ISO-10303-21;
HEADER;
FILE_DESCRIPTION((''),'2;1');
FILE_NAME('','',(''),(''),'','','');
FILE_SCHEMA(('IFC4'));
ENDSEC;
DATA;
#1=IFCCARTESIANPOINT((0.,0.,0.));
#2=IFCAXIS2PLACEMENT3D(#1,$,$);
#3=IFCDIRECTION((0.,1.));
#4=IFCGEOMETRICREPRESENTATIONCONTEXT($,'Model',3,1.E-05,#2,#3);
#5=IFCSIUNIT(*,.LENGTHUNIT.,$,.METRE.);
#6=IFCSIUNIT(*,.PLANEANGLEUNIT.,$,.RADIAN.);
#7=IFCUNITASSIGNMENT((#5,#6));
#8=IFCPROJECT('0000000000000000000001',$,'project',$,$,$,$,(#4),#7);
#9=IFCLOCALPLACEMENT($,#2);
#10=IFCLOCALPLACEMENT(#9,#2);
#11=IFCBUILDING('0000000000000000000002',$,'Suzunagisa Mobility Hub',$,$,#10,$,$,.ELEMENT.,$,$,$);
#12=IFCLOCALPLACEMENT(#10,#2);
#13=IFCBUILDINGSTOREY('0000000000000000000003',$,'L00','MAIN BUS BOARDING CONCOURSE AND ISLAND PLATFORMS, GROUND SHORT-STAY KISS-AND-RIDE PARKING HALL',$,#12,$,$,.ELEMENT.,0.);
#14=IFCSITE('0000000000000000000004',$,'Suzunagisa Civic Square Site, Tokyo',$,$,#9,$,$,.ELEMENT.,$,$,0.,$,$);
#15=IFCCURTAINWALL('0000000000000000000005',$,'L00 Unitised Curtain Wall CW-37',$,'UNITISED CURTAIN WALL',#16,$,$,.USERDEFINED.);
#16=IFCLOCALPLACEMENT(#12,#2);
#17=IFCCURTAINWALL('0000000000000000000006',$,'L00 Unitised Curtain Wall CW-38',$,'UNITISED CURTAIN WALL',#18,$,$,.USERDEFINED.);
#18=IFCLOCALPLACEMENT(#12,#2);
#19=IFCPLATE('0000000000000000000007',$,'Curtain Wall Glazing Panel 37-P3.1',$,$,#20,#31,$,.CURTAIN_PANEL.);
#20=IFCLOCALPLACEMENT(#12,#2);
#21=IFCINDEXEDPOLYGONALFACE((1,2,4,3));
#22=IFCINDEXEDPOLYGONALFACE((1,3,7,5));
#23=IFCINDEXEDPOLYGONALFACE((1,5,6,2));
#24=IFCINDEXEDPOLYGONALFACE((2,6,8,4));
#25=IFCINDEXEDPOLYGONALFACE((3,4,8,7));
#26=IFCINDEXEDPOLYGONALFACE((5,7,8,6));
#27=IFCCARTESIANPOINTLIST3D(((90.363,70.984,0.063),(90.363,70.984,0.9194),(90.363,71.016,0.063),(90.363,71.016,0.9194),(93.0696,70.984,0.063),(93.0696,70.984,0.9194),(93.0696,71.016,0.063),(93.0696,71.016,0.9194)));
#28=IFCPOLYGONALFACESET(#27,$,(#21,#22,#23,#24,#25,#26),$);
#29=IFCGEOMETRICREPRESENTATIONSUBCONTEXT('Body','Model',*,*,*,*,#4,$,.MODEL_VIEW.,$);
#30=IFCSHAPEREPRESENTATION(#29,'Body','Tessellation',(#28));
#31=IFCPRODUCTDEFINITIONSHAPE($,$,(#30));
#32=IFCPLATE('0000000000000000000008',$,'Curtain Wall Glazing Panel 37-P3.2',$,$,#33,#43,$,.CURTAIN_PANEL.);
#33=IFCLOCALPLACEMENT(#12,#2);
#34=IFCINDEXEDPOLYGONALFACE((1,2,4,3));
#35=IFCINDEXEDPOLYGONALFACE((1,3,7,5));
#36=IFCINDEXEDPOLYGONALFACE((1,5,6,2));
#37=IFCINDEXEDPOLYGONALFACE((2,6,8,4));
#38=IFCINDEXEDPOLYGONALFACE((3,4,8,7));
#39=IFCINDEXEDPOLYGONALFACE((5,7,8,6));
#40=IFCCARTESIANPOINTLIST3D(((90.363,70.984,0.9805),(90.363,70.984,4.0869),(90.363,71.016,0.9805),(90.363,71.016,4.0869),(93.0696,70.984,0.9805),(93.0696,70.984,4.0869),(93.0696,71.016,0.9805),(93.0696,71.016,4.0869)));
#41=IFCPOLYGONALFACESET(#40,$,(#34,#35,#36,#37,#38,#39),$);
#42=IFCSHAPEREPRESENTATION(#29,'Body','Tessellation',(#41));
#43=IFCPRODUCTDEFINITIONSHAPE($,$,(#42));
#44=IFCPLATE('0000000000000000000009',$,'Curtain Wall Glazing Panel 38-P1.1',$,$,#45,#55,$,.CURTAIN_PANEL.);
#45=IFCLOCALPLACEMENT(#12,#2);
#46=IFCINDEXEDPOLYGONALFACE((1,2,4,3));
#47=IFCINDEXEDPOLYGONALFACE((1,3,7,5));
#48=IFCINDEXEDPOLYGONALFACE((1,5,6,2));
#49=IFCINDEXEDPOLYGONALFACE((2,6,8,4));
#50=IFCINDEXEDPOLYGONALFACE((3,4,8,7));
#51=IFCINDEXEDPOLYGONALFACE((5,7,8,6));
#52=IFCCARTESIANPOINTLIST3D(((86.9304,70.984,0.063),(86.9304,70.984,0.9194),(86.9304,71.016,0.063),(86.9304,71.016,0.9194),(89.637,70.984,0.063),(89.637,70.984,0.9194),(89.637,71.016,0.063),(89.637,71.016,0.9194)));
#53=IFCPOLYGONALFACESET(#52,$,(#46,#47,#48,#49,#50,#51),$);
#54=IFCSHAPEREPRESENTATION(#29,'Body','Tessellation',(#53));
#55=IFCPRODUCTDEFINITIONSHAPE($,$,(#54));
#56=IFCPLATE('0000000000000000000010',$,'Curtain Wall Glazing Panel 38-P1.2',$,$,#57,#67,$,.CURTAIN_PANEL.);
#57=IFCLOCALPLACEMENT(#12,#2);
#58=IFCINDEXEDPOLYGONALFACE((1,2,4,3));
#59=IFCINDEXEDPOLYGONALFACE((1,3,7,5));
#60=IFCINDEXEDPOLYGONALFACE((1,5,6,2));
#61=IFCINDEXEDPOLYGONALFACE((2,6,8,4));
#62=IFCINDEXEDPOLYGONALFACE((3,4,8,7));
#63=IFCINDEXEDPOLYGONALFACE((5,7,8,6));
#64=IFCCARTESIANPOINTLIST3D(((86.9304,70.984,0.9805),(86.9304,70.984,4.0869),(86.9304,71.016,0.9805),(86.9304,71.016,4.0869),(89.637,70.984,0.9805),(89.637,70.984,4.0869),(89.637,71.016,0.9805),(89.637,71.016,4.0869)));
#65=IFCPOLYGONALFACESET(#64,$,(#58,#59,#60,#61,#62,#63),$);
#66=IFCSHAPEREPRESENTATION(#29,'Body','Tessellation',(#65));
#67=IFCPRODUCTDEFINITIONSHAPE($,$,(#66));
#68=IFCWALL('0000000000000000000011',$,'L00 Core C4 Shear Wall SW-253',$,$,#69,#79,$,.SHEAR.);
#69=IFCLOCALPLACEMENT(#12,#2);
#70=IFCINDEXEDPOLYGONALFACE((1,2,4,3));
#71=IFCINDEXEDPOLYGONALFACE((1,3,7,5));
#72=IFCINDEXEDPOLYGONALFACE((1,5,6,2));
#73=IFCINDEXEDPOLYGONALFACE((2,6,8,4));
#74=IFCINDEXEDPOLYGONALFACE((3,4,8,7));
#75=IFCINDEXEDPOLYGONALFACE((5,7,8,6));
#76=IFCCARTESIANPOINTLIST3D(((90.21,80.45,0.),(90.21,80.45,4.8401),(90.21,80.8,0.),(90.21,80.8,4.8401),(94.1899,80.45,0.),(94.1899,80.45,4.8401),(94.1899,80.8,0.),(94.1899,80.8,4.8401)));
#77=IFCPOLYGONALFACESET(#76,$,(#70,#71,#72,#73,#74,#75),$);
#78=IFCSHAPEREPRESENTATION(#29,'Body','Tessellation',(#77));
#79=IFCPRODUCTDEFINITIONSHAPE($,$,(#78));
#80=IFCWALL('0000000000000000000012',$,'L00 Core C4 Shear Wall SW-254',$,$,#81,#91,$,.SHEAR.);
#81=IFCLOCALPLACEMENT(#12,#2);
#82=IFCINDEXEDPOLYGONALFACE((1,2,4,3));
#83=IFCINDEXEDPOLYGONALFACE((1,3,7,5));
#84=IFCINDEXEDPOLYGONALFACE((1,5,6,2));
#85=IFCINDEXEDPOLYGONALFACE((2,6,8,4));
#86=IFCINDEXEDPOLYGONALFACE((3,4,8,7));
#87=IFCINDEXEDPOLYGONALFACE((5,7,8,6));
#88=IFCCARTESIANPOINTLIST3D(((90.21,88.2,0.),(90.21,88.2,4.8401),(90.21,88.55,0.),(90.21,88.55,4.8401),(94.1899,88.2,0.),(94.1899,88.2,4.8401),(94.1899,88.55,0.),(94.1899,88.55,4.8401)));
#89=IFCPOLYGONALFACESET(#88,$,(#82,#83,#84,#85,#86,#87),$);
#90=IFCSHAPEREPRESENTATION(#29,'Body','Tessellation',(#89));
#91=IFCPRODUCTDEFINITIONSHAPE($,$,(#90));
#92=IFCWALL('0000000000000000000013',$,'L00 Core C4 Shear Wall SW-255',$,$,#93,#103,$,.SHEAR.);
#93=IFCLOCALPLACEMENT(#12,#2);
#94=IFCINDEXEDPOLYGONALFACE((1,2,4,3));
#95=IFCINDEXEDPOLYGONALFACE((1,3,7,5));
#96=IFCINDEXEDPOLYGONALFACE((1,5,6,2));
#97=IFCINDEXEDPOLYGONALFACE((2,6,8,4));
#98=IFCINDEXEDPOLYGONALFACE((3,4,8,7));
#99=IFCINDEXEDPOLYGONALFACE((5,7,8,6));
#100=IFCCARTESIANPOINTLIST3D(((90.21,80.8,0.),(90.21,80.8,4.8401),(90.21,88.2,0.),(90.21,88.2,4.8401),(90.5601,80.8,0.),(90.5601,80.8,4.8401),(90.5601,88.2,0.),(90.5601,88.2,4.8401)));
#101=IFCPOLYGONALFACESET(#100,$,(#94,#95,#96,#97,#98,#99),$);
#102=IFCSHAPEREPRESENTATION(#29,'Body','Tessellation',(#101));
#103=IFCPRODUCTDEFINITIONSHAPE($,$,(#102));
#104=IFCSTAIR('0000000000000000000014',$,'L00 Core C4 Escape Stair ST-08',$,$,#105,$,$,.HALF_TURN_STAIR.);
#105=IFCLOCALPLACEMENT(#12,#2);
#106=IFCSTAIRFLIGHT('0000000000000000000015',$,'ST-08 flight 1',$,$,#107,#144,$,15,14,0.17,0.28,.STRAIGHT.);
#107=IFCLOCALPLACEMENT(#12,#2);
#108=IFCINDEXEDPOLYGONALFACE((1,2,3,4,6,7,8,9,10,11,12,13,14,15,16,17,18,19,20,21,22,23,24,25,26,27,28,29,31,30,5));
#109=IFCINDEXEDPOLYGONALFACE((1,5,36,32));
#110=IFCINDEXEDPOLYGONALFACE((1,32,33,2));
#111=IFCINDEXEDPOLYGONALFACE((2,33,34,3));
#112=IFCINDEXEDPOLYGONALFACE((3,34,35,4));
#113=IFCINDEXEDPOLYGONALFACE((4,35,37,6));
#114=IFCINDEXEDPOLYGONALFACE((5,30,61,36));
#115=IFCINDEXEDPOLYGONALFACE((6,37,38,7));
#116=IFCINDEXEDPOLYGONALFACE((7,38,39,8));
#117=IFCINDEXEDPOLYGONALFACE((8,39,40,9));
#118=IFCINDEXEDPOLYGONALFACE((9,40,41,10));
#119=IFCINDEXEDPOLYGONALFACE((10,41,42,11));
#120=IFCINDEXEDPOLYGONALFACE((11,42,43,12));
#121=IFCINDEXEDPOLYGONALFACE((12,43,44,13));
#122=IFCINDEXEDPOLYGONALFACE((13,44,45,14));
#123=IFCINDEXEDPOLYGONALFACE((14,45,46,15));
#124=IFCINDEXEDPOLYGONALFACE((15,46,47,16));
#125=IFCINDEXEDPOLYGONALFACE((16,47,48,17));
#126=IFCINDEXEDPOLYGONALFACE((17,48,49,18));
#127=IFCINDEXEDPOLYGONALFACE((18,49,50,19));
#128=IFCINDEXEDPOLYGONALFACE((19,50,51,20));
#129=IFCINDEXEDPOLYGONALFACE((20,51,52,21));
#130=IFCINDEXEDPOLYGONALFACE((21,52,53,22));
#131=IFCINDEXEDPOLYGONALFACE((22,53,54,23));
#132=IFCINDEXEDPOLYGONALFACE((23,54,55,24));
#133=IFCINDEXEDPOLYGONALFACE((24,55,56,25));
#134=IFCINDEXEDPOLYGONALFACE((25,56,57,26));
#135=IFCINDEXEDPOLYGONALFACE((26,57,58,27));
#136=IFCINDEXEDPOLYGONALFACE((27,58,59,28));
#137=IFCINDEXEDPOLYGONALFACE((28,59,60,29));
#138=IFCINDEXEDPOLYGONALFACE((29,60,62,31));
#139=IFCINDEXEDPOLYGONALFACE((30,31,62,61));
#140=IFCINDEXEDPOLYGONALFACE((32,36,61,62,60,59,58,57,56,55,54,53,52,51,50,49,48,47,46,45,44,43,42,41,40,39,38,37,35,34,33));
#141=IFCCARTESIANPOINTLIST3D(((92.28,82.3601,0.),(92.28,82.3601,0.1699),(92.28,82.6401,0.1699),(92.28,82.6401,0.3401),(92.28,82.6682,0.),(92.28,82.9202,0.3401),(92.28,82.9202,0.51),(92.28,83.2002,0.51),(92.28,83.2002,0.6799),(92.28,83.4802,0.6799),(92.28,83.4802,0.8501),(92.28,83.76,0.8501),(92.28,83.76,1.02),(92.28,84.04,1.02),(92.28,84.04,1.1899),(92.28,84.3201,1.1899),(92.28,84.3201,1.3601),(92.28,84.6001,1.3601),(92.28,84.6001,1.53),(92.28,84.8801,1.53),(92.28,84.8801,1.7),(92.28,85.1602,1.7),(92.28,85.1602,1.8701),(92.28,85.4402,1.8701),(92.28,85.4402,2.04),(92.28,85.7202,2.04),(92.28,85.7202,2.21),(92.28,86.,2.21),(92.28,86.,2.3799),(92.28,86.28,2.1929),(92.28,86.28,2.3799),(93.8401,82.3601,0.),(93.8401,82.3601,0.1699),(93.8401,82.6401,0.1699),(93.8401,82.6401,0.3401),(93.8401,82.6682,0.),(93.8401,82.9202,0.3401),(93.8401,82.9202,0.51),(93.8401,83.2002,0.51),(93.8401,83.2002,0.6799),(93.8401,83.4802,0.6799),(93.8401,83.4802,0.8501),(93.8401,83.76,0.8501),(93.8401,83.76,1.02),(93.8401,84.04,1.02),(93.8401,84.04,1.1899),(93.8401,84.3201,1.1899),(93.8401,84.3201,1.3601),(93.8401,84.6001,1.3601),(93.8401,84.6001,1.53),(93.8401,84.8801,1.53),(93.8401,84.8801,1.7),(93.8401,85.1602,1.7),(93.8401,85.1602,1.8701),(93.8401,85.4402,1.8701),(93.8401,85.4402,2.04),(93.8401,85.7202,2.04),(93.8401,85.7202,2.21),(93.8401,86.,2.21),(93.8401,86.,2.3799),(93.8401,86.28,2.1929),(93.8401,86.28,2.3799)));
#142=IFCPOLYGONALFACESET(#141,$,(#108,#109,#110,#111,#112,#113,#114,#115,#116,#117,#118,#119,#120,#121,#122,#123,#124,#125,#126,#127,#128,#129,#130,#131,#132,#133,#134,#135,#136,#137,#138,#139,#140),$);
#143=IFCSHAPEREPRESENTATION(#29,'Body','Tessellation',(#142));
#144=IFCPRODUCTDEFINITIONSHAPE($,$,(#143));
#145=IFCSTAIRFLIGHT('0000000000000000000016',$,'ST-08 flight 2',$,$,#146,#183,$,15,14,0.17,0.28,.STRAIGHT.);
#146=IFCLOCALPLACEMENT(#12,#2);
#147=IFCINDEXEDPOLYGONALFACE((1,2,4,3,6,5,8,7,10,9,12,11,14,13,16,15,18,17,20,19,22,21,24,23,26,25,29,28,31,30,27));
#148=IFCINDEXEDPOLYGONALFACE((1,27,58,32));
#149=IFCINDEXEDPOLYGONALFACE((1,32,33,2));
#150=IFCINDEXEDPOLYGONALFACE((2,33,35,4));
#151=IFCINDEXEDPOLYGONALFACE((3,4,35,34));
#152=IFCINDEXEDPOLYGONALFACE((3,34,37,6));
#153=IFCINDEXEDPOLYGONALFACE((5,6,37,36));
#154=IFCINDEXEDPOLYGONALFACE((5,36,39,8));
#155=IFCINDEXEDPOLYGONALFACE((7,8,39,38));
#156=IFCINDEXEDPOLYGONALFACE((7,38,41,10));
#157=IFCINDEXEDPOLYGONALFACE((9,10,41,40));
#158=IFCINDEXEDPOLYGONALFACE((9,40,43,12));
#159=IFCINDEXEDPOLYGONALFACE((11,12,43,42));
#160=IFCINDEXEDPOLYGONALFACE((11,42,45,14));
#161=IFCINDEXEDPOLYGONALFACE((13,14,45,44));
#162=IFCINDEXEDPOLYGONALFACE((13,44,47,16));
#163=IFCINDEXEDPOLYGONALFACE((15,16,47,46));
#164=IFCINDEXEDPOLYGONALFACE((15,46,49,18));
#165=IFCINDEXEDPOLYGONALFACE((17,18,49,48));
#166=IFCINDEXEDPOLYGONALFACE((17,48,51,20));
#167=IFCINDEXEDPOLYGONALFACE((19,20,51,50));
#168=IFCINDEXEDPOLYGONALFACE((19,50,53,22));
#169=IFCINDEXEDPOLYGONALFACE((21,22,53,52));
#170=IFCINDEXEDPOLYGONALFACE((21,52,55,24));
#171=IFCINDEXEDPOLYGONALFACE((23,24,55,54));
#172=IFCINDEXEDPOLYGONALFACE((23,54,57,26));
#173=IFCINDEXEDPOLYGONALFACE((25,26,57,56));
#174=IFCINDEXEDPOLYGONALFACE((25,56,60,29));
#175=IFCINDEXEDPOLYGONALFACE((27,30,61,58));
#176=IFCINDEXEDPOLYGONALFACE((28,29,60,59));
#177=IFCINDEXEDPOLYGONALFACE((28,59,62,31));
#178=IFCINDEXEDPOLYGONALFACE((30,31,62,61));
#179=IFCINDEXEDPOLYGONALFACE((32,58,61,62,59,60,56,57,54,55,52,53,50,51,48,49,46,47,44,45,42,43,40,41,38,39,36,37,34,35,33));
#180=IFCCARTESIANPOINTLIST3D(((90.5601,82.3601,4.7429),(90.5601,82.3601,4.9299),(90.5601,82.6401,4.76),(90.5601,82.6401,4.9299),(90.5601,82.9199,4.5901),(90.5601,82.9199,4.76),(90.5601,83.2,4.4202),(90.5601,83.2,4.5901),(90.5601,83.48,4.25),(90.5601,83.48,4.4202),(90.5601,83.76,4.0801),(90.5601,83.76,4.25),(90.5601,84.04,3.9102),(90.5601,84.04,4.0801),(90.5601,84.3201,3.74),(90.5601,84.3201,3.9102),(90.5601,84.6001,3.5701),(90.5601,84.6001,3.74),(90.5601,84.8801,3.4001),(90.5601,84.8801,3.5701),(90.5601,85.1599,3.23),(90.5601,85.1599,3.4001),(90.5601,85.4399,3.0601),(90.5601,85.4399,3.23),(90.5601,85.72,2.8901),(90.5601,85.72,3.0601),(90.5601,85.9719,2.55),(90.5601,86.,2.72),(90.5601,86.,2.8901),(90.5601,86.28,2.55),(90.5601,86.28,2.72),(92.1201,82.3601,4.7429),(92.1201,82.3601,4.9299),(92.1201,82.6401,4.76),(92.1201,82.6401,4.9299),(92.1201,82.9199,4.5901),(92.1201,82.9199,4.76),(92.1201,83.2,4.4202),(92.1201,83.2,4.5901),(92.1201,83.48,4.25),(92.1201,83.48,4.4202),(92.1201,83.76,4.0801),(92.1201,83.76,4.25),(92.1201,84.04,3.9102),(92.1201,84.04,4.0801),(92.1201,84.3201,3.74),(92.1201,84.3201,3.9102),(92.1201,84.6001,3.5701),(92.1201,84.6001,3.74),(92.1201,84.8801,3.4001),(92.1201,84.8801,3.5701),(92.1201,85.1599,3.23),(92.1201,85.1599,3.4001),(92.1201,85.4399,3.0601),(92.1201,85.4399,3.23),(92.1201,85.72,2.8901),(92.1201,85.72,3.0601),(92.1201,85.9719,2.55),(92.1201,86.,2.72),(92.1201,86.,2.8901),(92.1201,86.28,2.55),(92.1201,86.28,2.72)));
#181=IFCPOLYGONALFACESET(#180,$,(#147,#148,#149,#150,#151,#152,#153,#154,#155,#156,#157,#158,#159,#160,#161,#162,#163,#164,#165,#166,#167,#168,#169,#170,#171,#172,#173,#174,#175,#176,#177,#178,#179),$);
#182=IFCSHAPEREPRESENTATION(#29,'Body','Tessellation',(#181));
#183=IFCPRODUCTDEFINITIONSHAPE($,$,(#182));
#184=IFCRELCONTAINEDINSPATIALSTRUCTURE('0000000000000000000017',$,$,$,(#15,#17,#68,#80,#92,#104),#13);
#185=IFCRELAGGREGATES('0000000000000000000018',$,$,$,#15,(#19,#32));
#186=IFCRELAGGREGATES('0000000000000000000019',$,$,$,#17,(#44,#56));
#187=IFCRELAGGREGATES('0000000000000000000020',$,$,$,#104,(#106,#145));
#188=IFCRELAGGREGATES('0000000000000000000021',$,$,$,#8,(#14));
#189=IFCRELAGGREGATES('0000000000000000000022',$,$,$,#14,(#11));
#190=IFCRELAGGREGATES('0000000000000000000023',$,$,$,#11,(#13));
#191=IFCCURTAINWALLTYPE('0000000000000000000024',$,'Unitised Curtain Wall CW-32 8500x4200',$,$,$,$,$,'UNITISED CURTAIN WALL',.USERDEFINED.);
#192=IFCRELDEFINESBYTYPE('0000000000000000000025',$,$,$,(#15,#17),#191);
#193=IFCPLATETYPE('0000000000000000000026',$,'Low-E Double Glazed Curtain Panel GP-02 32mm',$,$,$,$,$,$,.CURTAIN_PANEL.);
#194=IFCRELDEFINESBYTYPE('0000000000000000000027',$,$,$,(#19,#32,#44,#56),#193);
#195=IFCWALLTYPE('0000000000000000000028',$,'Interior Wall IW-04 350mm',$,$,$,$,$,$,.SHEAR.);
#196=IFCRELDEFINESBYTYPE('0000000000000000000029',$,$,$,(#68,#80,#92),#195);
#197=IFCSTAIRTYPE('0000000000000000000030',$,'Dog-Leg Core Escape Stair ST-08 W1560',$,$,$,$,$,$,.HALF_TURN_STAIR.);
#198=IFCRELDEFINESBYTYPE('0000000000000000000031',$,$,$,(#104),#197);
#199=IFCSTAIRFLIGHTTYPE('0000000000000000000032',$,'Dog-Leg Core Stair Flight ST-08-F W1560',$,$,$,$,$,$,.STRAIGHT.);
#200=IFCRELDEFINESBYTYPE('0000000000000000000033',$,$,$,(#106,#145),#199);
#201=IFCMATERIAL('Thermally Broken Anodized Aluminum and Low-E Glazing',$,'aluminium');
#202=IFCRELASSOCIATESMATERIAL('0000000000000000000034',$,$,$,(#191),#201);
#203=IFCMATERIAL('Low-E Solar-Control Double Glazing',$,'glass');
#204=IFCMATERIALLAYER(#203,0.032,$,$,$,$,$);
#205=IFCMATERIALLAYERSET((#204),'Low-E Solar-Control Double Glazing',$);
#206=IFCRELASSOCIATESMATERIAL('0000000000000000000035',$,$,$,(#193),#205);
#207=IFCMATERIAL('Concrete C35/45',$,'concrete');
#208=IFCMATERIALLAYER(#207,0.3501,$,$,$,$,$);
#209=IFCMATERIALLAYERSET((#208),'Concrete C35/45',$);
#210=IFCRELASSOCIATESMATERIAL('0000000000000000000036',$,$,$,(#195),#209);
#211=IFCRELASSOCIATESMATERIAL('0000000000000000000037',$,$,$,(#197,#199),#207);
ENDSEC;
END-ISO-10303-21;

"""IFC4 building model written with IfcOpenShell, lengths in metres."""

from ifc_helpers import new_model, si_unit, direction, frame, frame_2d, origin, origin_2d, place, context, subcontext, project, spatial, polyline, rectangle, outline, extrude, material, layer, layer_set, type_object, element, aggregate, save


model = new_model("IFC4")

# Units and contexts
model_context = context("Model", 3, precision=1e-05, world=origin(), true_north=direction((0.0, 1.0)))
body_context = subcontext(model_context, "Body", "Model", "MODEL_VIEW")
ifc_project = project(units=[si_unit("LENGTHUNIT", "METRE"), si_unit("PLANEANGLEUNIT", "RADIAN")], contexts=[model_context])

# Site, building, storey
site_placement = place(None, origin())
site = spatial("IfcSite", under=ifc_project, at=site_placement, Name="Suzunagisa Civic Square Site, Tokyo", CompositionType="ELEMENT", RefElevation=0.0)
building_placement = place(site_placement, origin())
building = spatial("IfcBuilding", under=site, at=building_placement, Name="Suzunagisa Mobility Hub", CompositionType="ELEMENT")
storey_placement = place(building_placement, origin())
storey = spatial("IfcBuildingStorey", under=building, at=storey_placement, Name="L00", Description="MAIN BUS BOARDING CONCOURSE AND ISLAND PLATFORMS, GROUND SHORT-STAY KISS-AND-RIDE PARKING HALL", CompositionType="ELEMENT", Elevation=0.0)

# Curtain walls
ifc_material_1 = material(Name="Thermally Broken Anodized Aluminum and Low-E Glazing", Category="aluminium")
curtain_wall_type = type_object("IfcCurtainWallType", Name="Unitised Curtain Wall CW-32 8500x4200", ElementType="UNITISED CURTAIN WALL", PredefinedType="USERDEFINED", material=ifc_material_1)
curtain_wall_1_placement = place(storey_placement, origin())
curtain_wall_1 = element("IfcCurtainWall", 1, at=curtain_wall_1_placement, inside=storey, type_object=curtain_wall_type, Name="L00 Unitised Curtain Wall CW-37", ObjectType="UNITISED CURTAIN WALL", PredefinedType="USERDEFINED")
curtain_wall_2_placement = place(storey_placement, origin())
curtain_wall_2 = element("IfcCurtainWall", 2, at=curtain_wall_2_placement, inside=storey, type_object=curtain_wall_type, Name="L00 Unitised Curtain Wall CW-38", ObjectType="UNITISED CURTAIN WALL", PredefinedType="USERDEFINED")

# Plates
ifc_material_2 = material(Name="Low-E Solar-Control Double Glazing", Category="glass")
ifc_layer_1 = layer(ifc_material_2, 0.032)
ifc_layer_set_1 = layer_set([ifc_layer_1], Name="Low-E Solar-Control Double Glazing")
plate_type = type_object("IfcPlateType", Name="Low-E Double Glazed Curtain Panel GP-02 32mm", PredefinedType="CURTAIN_PANEL", material=ifc_layer_set_1)
plate_1_placement = place(storey_placement, frame((91.7163, 71.0, 0.063), z_axis=(0.0, 0.0, 1.0), x_axis=(-1.0, 0.0, 0.0)))
plate_1 = element("IfcPlate", 3, at=plate_1_placement, type_object=plate_type, Name="Curtain Wall Glazing Panel 37-P3.1", PredefinedType="CURTAIN_PANEL", context=body_context, shape_type="SweptSolid", body=[
    extrude(rectangle(XDim=2.7065, YDim=0.032, at=origin_2d()), origin(), (0.0, 0.0, 1.0), 0.8564),
])
plate_2_placement = place(storey_placement, frame((91.7163, 71.0, 0.9805), z_axis=(0.0, 0.0, 1.0), x_axis=(-1.0, 0.0, 0.0)))
plate_2 = element("IfcPlate", 4, at=plate_2_placement, type_object=plate_type, Name="Curtain Wall Glazing Panel 37-P3.2", PredefinedType="CURTAIN_PANEL", context=body_context, shape_type="SweptSolid", body=[
    extrude(rectangle(XDim=2.7065, YDim=0.032, at=origin_2d()), origin(), (0.0, 0.0, 1.0), 3.1064),
])
aggregate(curtain_wall_1, [plate_1, plate_2])
plate_3_placement = place(storey_placement, frame((88.2837, 71.0, 0.063), z_axis=(0.0, 0.0, 1.0), x_axis=(-1.0, 0.0, 0.0)))
plate_3 = element("IfcPlate", 5, at=plate_3_placement, type_object=plate_type, Name="Curtain Wall Glazing Panel 38-P1.1", PredefinedType="CURTAIN_PANEL", context=body_context, shape_type="SweptSolid", body=[
    extrude(rectangle(XDim=2.7065, YDim=0.032, at=origin_2d()), origin(), (0.0, 0.0, 1.0), 0.8564),
])
plate_4_placement = place(storey_placement, frame((88.2837, 71.0, 0.9805), z_axis=(0.0, 0.0, 1.0), x_axis=(-1.0, 0.0, 0.0)))
plate_4 = element("IfcPlate", 6, at=plate_4_placement, type_object=plate_type, Name="Curtain Wall Glazing Panel 38-P1.2", PredefinedType="CURTAIN_PANEL", context=body_context, shape_type="SweptSolid", body=[
    extrude(rectangle(XDim=2.7065, YDim=0.032, at=origin_2d()), origin(), (0.0, 0.0, 1.0), 3.1064),
])
aggregate(curtain_wall_2, [plate_3, plate_4])

# Walls
ifc_material_3 = material(Name="Concrete C35/45", Category="concrete")
ifc_layer_2 = layer(ifc_material_3, 0.3501)
ifc_layer_set_2 = layer_set([ifc_layer_2], Name="Concrete C35/45")
wall_type_1 = type_object("IfcWallType", Name="Interior Wall IW-04 350mm", PredefinedType="SHEAR", material=ifc_layer_set_2)
for number, where, z_axis, x_axis, name in (
    (7, (90.21, 80.625, 0.0), (0.0, 0.0, 1.0), (1.0, 0.0, 0.0), "L00 Core C4 Shear Wall SW-253"),
    (8, (90.21, 88.375, 0.0), (0.0, 0.0, 1.0), (1.0, 0.0, 0.0), "L00 Core C4 Shear Wall SW-254"),
):
    element("IfcWall", number, at=place(storey_placement, frame(where, z_axis=z_axis, x_axis=x_axis)), inside=storey, type_object=wall_type_1, Name=name, PredefinedType="SHEAR", context=body_context, shape_type="SweptSolid", body=[
        extrude(rectangle(XDim=3.98, YDim=0.3501, at=frame_2d((1.99, 0.0))), origin(), (0.0, 0.0, 1.0), 4.8401),
    ])
wall_1_placement = place(storey_placement, frame((90.385, 80.8, 0.0), z_axis=(0.0, 0.0, 1.0), x_axis=(0.0, 1.0, 0.0)))
element("IfcWall", 9, at=wall_1_placement, inside=storey, type_object=wall_type_1, Name="L00 Core C4 Shear Wall SW-255", PredefinedType="SHEAR", context=body_context, shape_type="SweptSolid", body=[
    extrude(rectangle(XDim=7.3999, YDim=0.3501, at=frame_2d((3.7, 0.0))), origin(), (0.0, 0.0, 1.0), 4.8401),
])

# Stair, stair flights
stair_type = type_object("IfcStairType", Name="Dog-Leg Core Escape Stair ST-08 W1560", PredefinedType="HALF_TURN_STAIR", material=ifc_material_3)
stair_placement = place(storey_placement, origin())
stair = element("IfcStair", 10, at=stair_placement, inside=storey, type_object=stair_type, Name="L00 Core C4 Escape Stair ST-08", PredefinedType="HALF_TURN_STAIR")
stair_flight_type = type_object("IfcStairFlightType", Name="Dog-Leg Core Stair Flight ST-08-F W1560", PredefinedType="STRAIGHT", material=ifc_material_3)
stair_flight_1_placement = place(storey_placement, frame((93.0601, 82.3601, 0.0), z_axis=(0.0, 0.0, 1.0), x_axis=(0.0, 1.0, 0.0)))
stair_flight_1 = element("IfcStairFlight", 11, at=stair_flight_1_placement, type_object=stair_flight_type, Name="ST-08 flight 1", NumberOfRisers=15, NumberOfTreads=14, PredefinedType="STRAIGHT", RiserHeight=0.17, TreadLength=0.28, context=body_context, shape_type="SweptSolid", body=[
    extrude(outline(polyline([(0.0, 0.0), (0.0, 0.1699), (0.28, 0.1699), (0.28, 0.3401), (0.5601, 0.3401), (0.5601, 0.51), (0.8401, 0.51), (0.8401, 0.6799), (1.1201, 0.6799), (1.1201, 0.8501), (1.3999, 0.8501), (1.3999, 1.02), (1.6799, 1.02), (1.6799, 1.1899), (1.96, 1.1899), (1.96, 1.3601), (2.24, 1.3601), (2.24, 1.53), (2.52, 1.53), (2.52, 1.7), (2.8, 1.7), (2.8, 1.8701), (3.0801, 1.8701), (3.0801, 2.04), (3.3601, 2.04), (3.3601, 2.21), (3.6399, 2.21), (3.6399, 2.3799), (3.9199, 2.3799), (3.9199, 2.55), (3.9199, 2.1929), (0.3081, 0.0), (0.0, 0.0)])), frame((0.0, 0.78, 0.0), z_axis=(0.0, -1.0, 0.0), x_axis=(1.0, 0.0, 0.0)), (0.0, 0.0, 1.0), 1.5601),
])
stair_flight_2_placement = place(storey_placement, frame((91.3401, 86.28, 2.55), z_axis=(0.0, 0.0, 1.0), x_axis=(0.0, -1.0, 0.0)))
stair_flight_2 = element("IfcStairFlight", 12, at=stair_flight_2_placement, type_object=stair_flight_type, Name="ST-08 flight 2", NumberOfRisers=15, NumberOfTreads=14, PredefinedType="STRAIGHT", RiserHeight=0.17, TreadLength=0.28, context=body_context, shape_type="SweptSolid", body=[
    extrude(outline(polyline([(0.0, 0.0), (0.0, 0.1699), (0.28, 0.1699), (0.28, 0.3401), (0.5601, 0.3401), (0.5601, 0.51), (0.8401, 0.51), (0.8401, 0.6799), (1.1201, 0.6799), (1.1201, 0.8501), (1.3999, 0.8501), (1.3999, 1.02), (1.6799, 1.02), (1.6799, 1.1899), (1.96, 1.1899), (1.96, 1.3601), (2.24, 1.3601), (2.24, 1.53), (2.52, 1.53), (2.52, 1.7), (2.8, 1.7), (2.8, 1.8701), (3.0801, 1.8701), (3.0801, 2.04), (3.3601, 2.04), (3.3601, 2.21), (3.6399, 2.21), (3.6399, 2.3799), (3.9199, 2.3799), (3.9199, 2.55), (3.9199, 2.1929), (0.3081, 0.0), (0.0, 0.0)])), frame((0.0, 0.78, 0.0), z_axis=(0.0, -1.0, 0.0), x_axis=(1.0, 0.0, 0.0)), (0.0, 0.0, 1.0), 1.5601),
])
aggregate(stair, [stair_flight_1, stair_flight_2])

save(model, "model.ifc")
